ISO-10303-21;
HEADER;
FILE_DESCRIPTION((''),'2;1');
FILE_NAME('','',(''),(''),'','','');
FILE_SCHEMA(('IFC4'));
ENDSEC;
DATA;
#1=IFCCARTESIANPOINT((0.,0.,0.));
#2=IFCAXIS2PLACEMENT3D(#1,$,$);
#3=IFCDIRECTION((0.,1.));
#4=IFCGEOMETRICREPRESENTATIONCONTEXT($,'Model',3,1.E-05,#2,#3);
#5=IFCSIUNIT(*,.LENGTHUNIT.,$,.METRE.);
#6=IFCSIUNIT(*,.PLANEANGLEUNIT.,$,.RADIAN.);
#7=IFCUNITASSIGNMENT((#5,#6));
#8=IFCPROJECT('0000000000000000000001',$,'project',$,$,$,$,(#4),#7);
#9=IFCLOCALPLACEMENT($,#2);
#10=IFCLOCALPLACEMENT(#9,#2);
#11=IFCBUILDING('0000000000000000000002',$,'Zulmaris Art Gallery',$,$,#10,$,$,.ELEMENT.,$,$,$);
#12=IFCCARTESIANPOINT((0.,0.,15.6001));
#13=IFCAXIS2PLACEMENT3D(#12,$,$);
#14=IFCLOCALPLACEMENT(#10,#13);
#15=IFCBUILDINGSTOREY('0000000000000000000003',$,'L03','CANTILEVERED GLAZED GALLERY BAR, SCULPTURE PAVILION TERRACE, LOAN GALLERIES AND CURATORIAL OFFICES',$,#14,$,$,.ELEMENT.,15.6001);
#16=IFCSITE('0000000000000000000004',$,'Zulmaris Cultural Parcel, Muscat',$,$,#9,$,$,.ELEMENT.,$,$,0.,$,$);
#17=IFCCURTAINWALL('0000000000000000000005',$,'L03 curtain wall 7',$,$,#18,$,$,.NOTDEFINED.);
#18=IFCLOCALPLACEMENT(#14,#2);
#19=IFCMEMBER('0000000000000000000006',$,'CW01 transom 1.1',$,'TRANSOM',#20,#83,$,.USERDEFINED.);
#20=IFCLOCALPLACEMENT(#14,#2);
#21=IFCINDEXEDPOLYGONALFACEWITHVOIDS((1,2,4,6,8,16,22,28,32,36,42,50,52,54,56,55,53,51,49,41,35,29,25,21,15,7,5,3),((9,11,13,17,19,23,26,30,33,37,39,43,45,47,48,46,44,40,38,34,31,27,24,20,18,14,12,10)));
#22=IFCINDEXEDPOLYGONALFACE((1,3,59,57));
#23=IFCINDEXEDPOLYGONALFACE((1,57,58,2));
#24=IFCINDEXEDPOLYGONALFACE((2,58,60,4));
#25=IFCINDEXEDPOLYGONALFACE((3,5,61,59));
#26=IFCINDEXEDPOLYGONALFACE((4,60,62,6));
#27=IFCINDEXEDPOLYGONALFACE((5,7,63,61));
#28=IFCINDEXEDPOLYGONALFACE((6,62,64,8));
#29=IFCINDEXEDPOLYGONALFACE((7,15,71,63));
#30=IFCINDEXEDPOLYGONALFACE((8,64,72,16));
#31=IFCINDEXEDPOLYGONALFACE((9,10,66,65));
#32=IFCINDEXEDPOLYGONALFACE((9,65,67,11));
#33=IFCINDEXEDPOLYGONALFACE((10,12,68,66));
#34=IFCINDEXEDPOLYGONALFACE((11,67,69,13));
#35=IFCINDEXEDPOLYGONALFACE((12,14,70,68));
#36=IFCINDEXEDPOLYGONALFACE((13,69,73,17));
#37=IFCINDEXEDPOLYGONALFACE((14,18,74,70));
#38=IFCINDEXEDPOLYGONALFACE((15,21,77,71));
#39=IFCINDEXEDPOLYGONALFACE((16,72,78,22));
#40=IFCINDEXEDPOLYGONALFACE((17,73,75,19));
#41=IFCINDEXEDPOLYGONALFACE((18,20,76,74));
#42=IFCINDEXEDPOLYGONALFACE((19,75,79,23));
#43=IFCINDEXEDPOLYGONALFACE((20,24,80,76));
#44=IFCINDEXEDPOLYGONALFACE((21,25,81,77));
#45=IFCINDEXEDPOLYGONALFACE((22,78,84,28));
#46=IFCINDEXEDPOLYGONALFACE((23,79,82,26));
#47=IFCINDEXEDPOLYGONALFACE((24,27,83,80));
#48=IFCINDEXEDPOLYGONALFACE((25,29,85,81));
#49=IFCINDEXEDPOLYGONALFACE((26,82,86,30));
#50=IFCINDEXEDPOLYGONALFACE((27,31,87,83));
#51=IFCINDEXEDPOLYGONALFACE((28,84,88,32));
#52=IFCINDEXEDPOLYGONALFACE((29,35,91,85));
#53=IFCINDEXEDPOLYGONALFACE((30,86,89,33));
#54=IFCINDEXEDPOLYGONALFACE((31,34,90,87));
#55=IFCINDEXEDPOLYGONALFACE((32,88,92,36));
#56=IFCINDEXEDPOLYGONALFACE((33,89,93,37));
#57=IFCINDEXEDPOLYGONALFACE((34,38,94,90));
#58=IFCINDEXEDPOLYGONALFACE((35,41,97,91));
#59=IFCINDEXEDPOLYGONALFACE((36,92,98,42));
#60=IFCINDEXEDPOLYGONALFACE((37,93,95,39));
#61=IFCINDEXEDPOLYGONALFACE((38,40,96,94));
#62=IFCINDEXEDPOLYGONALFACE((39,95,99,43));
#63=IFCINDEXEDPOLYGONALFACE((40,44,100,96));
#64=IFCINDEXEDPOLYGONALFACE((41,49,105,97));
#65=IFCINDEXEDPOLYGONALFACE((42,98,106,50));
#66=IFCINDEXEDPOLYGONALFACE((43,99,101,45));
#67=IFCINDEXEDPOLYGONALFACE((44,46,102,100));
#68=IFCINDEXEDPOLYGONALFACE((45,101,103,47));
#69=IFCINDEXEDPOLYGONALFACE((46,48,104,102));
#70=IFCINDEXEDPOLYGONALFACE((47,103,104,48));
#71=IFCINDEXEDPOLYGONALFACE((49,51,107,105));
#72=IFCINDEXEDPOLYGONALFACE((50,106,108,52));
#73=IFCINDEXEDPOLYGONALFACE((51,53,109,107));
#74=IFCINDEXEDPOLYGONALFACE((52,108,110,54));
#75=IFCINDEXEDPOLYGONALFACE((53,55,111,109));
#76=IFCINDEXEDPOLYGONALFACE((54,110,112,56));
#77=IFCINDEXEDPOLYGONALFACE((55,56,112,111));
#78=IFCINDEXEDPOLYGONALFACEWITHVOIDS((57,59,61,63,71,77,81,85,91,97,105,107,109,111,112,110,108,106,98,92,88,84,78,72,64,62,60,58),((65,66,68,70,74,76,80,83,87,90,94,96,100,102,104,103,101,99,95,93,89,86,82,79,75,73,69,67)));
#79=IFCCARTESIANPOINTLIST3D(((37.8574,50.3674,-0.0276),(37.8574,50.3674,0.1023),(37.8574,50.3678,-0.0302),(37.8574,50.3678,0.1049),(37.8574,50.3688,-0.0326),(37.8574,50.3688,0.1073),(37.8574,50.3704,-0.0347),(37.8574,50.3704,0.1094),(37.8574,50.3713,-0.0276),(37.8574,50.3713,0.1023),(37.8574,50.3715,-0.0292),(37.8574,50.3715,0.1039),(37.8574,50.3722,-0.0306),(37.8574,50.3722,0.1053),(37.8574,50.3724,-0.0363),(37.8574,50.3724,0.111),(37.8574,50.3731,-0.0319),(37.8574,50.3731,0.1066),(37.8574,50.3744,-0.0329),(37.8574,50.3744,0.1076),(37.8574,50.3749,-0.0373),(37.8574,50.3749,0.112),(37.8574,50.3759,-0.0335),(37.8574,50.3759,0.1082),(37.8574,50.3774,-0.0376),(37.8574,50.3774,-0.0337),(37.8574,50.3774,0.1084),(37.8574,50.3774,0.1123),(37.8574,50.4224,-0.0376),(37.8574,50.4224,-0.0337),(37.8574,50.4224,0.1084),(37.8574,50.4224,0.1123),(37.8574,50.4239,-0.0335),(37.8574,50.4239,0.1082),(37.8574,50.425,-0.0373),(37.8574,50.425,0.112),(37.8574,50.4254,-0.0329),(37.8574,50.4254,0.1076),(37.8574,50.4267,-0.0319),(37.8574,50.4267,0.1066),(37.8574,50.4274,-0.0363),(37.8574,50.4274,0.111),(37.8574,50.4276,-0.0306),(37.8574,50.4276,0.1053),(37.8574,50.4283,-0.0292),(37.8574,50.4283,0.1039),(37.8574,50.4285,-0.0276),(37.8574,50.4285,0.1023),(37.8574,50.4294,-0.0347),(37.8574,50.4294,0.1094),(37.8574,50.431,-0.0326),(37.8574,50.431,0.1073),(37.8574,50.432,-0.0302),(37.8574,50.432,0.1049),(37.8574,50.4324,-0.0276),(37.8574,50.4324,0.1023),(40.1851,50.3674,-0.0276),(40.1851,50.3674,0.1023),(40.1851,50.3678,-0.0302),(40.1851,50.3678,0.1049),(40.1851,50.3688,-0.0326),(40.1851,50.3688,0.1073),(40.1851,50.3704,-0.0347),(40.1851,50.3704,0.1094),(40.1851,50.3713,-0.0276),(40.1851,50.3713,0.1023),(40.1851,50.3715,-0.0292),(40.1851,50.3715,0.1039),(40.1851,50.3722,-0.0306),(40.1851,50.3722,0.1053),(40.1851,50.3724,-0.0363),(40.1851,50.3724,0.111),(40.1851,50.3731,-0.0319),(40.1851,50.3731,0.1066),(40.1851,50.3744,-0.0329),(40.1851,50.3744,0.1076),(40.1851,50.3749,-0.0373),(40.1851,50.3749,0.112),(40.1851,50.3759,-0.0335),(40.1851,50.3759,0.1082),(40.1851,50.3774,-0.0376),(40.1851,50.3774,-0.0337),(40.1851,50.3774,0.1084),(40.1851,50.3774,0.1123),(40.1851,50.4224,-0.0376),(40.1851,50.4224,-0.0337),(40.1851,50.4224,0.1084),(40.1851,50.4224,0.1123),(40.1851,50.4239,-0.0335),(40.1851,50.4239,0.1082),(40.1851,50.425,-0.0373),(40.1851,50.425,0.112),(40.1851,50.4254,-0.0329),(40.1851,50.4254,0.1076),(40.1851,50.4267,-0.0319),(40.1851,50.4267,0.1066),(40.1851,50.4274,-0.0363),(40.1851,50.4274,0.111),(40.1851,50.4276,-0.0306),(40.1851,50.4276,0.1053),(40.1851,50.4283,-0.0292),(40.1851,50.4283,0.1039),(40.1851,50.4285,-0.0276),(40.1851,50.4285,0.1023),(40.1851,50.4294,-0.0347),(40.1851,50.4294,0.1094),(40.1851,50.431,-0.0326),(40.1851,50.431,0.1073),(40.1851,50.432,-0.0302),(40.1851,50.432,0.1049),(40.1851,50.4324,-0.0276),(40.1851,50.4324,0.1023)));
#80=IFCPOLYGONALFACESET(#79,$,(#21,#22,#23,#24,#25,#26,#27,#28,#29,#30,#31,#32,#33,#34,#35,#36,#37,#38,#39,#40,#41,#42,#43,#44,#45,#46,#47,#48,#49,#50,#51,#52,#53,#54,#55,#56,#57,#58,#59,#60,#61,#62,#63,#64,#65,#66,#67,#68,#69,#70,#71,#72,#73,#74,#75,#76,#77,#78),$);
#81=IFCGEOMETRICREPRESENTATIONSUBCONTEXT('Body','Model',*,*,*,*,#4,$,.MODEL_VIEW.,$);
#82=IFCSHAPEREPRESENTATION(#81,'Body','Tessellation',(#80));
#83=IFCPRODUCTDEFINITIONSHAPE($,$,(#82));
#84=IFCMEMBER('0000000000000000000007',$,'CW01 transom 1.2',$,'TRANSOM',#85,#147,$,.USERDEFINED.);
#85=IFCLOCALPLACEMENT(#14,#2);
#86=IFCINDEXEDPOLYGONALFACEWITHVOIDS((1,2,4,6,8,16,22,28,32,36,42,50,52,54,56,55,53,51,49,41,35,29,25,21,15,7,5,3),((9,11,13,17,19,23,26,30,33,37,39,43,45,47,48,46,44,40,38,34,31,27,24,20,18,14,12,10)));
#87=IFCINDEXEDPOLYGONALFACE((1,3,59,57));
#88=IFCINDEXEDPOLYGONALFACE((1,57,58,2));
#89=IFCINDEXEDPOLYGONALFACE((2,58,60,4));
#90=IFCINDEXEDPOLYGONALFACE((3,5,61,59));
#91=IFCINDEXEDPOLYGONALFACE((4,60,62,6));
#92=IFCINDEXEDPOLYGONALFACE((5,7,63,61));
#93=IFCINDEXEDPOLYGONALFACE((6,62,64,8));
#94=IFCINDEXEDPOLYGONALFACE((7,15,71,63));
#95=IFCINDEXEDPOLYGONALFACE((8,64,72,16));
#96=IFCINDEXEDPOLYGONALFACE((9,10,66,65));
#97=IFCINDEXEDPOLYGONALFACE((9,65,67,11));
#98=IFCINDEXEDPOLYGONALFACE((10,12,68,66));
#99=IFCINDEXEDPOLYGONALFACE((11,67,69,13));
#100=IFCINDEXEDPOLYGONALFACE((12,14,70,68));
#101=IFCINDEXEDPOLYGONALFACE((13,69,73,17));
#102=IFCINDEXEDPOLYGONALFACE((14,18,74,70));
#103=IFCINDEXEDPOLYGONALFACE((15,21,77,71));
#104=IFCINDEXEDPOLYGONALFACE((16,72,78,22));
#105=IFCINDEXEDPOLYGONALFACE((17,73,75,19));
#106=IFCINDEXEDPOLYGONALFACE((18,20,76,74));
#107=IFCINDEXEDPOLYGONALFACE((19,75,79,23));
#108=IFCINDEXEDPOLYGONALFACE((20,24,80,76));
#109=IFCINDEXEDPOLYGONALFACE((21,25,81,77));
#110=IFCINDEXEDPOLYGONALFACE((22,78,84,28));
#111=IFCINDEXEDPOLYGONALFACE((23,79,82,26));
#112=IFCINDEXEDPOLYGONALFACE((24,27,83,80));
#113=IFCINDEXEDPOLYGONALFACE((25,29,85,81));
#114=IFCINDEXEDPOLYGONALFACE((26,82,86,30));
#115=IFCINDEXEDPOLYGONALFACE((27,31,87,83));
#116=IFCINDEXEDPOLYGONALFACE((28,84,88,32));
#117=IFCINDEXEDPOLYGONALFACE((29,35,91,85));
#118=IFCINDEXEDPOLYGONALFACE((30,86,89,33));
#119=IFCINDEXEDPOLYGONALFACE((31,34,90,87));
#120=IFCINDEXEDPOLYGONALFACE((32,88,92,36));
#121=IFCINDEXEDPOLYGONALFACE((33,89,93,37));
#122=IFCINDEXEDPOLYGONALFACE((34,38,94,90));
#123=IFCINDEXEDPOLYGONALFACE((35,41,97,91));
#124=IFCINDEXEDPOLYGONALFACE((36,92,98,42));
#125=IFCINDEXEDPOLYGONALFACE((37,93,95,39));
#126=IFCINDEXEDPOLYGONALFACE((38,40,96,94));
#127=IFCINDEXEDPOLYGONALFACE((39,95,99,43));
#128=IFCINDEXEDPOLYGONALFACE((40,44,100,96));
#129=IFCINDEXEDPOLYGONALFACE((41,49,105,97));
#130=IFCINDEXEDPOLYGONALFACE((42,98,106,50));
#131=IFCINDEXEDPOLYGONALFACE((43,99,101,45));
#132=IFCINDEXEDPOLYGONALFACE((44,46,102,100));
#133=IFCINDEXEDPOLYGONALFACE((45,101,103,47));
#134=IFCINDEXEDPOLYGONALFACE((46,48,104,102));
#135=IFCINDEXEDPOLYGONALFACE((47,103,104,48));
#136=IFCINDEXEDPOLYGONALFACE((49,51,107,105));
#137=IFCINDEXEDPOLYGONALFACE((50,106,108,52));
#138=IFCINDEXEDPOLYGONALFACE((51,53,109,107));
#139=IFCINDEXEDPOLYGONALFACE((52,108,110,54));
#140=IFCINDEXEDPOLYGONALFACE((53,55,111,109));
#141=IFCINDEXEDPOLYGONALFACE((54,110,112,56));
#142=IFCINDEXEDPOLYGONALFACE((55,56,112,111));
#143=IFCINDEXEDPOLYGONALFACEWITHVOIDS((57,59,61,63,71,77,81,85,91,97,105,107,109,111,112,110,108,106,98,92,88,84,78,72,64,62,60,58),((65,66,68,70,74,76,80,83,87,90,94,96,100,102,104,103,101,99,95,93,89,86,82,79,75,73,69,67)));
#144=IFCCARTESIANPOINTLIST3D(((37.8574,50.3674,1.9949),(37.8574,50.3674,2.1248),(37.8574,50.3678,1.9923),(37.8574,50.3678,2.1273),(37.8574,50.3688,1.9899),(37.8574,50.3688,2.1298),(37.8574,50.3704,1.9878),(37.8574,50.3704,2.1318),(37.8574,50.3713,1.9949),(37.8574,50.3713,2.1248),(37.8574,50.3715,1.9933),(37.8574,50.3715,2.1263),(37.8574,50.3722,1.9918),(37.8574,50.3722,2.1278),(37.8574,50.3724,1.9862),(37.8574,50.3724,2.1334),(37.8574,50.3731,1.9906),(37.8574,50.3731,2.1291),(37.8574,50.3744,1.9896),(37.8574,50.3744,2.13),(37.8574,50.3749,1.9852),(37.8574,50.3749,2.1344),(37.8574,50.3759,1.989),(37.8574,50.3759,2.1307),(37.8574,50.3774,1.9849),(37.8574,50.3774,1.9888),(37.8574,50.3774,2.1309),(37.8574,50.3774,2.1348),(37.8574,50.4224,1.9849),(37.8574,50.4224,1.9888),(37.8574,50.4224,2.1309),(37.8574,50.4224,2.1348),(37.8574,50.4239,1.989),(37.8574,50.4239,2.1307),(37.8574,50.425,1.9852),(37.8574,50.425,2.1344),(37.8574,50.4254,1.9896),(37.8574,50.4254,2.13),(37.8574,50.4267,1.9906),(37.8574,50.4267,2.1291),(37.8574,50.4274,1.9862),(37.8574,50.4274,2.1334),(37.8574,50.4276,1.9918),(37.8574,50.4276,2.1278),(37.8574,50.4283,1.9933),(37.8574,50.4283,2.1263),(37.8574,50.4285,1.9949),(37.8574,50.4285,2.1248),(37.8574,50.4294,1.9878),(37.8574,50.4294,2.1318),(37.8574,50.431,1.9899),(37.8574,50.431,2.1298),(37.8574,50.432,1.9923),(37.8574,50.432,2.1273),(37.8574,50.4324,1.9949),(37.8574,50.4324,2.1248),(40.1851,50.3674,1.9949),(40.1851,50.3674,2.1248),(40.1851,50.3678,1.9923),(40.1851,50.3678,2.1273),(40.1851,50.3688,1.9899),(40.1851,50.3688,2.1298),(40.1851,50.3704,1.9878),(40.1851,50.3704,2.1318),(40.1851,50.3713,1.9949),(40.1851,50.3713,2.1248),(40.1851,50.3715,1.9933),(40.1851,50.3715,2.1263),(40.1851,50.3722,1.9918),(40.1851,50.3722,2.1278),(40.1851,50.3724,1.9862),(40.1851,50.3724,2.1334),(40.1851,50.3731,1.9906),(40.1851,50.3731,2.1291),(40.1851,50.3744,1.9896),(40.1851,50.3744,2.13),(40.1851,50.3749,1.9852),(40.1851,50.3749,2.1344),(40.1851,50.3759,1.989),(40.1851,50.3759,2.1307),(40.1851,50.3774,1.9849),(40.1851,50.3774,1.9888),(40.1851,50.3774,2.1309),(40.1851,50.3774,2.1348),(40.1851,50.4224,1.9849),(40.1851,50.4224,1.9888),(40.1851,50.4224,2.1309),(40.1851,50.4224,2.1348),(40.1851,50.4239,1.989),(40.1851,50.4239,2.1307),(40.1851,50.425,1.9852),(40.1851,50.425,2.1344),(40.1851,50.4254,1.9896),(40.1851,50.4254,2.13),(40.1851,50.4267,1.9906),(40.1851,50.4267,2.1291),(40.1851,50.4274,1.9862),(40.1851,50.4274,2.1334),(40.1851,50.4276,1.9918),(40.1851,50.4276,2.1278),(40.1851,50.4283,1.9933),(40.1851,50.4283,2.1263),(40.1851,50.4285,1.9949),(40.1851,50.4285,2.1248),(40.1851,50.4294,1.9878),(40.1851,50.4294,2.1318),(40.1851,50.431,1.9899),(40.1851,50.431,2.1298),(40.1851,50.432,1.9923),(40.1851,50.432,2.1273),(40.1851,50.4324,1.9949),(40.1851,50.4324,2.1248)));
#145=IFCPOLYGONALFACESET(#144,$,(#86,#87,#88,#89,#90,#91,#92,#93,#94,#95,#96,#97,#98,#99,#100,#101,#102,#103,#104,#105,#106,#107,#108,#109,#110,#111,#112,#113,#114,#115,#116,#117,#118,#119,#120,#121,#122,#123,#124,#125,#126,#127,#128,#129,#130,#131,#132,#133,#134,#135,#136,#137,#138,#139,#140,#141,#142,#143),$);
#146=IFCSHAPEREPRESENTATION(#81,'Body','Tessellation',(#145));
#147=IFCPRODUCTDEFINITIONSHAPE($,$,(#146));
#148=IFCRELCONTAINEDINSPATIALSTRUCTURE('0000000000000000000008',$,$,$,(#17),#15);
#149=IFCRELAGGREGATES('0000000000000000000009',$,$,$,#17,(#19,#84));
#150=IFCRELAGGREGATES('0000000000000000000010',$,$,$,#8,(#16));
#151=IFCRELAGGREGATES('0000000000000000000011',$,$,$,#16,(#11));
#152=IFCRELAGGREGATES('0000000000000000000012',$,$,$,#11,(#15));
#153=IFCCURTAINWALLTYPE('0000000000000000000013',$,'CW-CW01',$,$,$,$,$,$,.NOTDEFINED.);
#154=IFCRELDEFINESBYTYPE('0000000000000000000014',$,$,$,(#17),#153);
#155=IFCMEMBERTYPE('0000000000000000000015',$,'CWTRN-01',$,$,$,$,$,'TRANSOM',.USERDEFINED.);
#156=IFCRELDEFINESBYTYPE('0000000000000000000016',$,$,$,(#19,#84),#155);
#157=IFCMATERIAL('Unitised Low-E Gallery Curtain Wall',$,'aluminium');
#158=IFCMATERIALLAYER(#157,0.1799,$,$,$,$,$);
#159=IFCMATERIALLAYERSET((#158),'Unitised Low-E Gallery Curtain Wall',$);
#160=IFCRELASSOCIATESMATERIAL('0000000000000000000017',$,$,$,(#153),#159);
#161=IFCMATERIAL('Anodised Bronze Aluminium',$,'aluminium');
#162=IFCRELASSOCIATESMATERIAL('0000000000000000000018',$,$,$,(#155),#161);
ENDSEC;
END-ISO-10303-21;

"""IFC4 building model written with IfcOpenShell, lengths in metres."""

from ifc_helpers import new_model, si_unit, direction, frame, origin, origin_2d, place, context, subcontext, project, spatial, hollow_rectangle, extrude, material, layer, layer_set, material_profile, profile_set, type_object, element, aggregate, save


model = new_model("IFC4")

# Units and contexts
model_context = context("Model", 3, precision=1e-05, world=origin(), true_north=direction((0.0, 1.0)))
body_context = subcontext(model_context, "Body", "Model", "MODEL_VIEW")
ifc_project = project(units=[si_unit("LENGTHUNIT", "METRE"), si_unit("PLANEANGLEUNIT", "RADIAN")], contexts=[model_context])

# Site, building, storey
site_placement = place(None, origin())
site = spatial("IfcSite", under=ifc_project, at=site_placement, Name="Zulmaris Cultural Parcel, Muscat", CompositionType="ELEMENT", RefElevation=0.0)
building_placement = place(site_placement, origin())
building = spatial("IfcBuilding", under=site, at=building_placement, Name="Zulmaris Art Gallery", CompositionType="ELEMENT")
storey_placement = place(building_placement, frame((0.0, 0.0, 15.6001)))
storey = spatial("IfcBuildingStorey", under=building, at=storey_placement, Name="L03", Description="CANTILEVERED GLAZED GALLERY BAR, SCULPTURE PAVILION TERRACE, LOAN GALLERIES AND CURATORIAL OFFICES", CompositionType="ELEMENT", Elevation=15.6001)

# Curtain wall, members
ifc_material_1 = material(Name="Unitised Low-E Gallery Curtain Wall", Category="aluminium")
ifc_layer_1 = layer(ifc_material_1, 0.1799)
ifc_layer_set_1 = layer_set([ifc_layer_1], Name="Unitised Low-E Gallery Curtain Wall")
curtain_wall_type = type_object("IfcCurtainWallType", Name="CW-CW01", PredefinedType="NOTDEFINED", material=ifc_layer_set_1)
curtain_wall_placement = place(storey_placement, origin())
curtain_wall = element("IfcCurtainWall", 1, at=curtain_wall_placement, inside=storey, type_object=curtain_wall_type, Name="L03 curtain wall 7", PredefinedType="NOTDEFINED")
ifc_material_2 = material(Name="Anodised Bronze Aluminium", Category="aluminium")
ifc_material_profile_1 = material_profile(ifc_material_2, hollow_rectangle(XDim=0.0649, YDim=0.1499, WallThickness=0.0039, InnerFilletRadius=0.0061, OuterFilletRadius=0.01, at=origin_2d()), Name="ALU 65x150x4")
ifc_profile_set_1 = profile_set([ifc_material_profile_1], Name="Anodised Bronze Aluminium")
member_type_1 = type_object("IfcMemberType", Name="CWTRN-01", ElementType="TRANSOM", PredefinedType="USERDEFINED", material=ifc_profile_set_1)
member_1_placement = place(storey_placement, frame((40.1851, 50.3999, 0.0374), z_axis=(-1.0, 0.0, 0.0), x_axis=(0.0, -1.0, 0.0)))
member_1 = element("IfcMember", 2, at=member_1_placement, type_object=member_type_1, Name="CW01 transom 1.1", ObjectType="TRANSOM", PredefinedType="USERDEFINED", context=body_context, shape_type="SweptSolid", body=[
    extrude(hollow_rectangle(XDim=0.0649, YDim=0.1499, WallThickness=0.0039, InnerFilletRadius=0.0061, OuterFilletRadius=0.01, at=origin_2d()), origin(), (0.0, 0.0, 1.0), 2.3276),
])
member_2_placement = place(storey_placement, frame((40.1851, 50.3999, 2.0598), z_axis=(-1.0, 0.0, 0.0), x_axis=(0.0, -1.0, 0.0)))
member_2 = element("IfcMember", 3, at=member_2_placement, type_object=member_type_1, Name="CW01 transom 1.2", ObjectType="TRANSOM", PredefinedType="USERDEFINED", context=body_context, shape_type="SweptSolid", body=[
    extrude(hollow_rectangle(XDim=0.0649, YDim=0.1499, WallThickness=0.0039, InnerFilletRadius=0.0061, OuterFilletRadius=0.01, at=origin_2d()), origin(), (0.0, 0.0, 1.0), 2.3276),
])

aggregate(curtain_wall, [member_1, member_2])

save(model, "model.ifc")
